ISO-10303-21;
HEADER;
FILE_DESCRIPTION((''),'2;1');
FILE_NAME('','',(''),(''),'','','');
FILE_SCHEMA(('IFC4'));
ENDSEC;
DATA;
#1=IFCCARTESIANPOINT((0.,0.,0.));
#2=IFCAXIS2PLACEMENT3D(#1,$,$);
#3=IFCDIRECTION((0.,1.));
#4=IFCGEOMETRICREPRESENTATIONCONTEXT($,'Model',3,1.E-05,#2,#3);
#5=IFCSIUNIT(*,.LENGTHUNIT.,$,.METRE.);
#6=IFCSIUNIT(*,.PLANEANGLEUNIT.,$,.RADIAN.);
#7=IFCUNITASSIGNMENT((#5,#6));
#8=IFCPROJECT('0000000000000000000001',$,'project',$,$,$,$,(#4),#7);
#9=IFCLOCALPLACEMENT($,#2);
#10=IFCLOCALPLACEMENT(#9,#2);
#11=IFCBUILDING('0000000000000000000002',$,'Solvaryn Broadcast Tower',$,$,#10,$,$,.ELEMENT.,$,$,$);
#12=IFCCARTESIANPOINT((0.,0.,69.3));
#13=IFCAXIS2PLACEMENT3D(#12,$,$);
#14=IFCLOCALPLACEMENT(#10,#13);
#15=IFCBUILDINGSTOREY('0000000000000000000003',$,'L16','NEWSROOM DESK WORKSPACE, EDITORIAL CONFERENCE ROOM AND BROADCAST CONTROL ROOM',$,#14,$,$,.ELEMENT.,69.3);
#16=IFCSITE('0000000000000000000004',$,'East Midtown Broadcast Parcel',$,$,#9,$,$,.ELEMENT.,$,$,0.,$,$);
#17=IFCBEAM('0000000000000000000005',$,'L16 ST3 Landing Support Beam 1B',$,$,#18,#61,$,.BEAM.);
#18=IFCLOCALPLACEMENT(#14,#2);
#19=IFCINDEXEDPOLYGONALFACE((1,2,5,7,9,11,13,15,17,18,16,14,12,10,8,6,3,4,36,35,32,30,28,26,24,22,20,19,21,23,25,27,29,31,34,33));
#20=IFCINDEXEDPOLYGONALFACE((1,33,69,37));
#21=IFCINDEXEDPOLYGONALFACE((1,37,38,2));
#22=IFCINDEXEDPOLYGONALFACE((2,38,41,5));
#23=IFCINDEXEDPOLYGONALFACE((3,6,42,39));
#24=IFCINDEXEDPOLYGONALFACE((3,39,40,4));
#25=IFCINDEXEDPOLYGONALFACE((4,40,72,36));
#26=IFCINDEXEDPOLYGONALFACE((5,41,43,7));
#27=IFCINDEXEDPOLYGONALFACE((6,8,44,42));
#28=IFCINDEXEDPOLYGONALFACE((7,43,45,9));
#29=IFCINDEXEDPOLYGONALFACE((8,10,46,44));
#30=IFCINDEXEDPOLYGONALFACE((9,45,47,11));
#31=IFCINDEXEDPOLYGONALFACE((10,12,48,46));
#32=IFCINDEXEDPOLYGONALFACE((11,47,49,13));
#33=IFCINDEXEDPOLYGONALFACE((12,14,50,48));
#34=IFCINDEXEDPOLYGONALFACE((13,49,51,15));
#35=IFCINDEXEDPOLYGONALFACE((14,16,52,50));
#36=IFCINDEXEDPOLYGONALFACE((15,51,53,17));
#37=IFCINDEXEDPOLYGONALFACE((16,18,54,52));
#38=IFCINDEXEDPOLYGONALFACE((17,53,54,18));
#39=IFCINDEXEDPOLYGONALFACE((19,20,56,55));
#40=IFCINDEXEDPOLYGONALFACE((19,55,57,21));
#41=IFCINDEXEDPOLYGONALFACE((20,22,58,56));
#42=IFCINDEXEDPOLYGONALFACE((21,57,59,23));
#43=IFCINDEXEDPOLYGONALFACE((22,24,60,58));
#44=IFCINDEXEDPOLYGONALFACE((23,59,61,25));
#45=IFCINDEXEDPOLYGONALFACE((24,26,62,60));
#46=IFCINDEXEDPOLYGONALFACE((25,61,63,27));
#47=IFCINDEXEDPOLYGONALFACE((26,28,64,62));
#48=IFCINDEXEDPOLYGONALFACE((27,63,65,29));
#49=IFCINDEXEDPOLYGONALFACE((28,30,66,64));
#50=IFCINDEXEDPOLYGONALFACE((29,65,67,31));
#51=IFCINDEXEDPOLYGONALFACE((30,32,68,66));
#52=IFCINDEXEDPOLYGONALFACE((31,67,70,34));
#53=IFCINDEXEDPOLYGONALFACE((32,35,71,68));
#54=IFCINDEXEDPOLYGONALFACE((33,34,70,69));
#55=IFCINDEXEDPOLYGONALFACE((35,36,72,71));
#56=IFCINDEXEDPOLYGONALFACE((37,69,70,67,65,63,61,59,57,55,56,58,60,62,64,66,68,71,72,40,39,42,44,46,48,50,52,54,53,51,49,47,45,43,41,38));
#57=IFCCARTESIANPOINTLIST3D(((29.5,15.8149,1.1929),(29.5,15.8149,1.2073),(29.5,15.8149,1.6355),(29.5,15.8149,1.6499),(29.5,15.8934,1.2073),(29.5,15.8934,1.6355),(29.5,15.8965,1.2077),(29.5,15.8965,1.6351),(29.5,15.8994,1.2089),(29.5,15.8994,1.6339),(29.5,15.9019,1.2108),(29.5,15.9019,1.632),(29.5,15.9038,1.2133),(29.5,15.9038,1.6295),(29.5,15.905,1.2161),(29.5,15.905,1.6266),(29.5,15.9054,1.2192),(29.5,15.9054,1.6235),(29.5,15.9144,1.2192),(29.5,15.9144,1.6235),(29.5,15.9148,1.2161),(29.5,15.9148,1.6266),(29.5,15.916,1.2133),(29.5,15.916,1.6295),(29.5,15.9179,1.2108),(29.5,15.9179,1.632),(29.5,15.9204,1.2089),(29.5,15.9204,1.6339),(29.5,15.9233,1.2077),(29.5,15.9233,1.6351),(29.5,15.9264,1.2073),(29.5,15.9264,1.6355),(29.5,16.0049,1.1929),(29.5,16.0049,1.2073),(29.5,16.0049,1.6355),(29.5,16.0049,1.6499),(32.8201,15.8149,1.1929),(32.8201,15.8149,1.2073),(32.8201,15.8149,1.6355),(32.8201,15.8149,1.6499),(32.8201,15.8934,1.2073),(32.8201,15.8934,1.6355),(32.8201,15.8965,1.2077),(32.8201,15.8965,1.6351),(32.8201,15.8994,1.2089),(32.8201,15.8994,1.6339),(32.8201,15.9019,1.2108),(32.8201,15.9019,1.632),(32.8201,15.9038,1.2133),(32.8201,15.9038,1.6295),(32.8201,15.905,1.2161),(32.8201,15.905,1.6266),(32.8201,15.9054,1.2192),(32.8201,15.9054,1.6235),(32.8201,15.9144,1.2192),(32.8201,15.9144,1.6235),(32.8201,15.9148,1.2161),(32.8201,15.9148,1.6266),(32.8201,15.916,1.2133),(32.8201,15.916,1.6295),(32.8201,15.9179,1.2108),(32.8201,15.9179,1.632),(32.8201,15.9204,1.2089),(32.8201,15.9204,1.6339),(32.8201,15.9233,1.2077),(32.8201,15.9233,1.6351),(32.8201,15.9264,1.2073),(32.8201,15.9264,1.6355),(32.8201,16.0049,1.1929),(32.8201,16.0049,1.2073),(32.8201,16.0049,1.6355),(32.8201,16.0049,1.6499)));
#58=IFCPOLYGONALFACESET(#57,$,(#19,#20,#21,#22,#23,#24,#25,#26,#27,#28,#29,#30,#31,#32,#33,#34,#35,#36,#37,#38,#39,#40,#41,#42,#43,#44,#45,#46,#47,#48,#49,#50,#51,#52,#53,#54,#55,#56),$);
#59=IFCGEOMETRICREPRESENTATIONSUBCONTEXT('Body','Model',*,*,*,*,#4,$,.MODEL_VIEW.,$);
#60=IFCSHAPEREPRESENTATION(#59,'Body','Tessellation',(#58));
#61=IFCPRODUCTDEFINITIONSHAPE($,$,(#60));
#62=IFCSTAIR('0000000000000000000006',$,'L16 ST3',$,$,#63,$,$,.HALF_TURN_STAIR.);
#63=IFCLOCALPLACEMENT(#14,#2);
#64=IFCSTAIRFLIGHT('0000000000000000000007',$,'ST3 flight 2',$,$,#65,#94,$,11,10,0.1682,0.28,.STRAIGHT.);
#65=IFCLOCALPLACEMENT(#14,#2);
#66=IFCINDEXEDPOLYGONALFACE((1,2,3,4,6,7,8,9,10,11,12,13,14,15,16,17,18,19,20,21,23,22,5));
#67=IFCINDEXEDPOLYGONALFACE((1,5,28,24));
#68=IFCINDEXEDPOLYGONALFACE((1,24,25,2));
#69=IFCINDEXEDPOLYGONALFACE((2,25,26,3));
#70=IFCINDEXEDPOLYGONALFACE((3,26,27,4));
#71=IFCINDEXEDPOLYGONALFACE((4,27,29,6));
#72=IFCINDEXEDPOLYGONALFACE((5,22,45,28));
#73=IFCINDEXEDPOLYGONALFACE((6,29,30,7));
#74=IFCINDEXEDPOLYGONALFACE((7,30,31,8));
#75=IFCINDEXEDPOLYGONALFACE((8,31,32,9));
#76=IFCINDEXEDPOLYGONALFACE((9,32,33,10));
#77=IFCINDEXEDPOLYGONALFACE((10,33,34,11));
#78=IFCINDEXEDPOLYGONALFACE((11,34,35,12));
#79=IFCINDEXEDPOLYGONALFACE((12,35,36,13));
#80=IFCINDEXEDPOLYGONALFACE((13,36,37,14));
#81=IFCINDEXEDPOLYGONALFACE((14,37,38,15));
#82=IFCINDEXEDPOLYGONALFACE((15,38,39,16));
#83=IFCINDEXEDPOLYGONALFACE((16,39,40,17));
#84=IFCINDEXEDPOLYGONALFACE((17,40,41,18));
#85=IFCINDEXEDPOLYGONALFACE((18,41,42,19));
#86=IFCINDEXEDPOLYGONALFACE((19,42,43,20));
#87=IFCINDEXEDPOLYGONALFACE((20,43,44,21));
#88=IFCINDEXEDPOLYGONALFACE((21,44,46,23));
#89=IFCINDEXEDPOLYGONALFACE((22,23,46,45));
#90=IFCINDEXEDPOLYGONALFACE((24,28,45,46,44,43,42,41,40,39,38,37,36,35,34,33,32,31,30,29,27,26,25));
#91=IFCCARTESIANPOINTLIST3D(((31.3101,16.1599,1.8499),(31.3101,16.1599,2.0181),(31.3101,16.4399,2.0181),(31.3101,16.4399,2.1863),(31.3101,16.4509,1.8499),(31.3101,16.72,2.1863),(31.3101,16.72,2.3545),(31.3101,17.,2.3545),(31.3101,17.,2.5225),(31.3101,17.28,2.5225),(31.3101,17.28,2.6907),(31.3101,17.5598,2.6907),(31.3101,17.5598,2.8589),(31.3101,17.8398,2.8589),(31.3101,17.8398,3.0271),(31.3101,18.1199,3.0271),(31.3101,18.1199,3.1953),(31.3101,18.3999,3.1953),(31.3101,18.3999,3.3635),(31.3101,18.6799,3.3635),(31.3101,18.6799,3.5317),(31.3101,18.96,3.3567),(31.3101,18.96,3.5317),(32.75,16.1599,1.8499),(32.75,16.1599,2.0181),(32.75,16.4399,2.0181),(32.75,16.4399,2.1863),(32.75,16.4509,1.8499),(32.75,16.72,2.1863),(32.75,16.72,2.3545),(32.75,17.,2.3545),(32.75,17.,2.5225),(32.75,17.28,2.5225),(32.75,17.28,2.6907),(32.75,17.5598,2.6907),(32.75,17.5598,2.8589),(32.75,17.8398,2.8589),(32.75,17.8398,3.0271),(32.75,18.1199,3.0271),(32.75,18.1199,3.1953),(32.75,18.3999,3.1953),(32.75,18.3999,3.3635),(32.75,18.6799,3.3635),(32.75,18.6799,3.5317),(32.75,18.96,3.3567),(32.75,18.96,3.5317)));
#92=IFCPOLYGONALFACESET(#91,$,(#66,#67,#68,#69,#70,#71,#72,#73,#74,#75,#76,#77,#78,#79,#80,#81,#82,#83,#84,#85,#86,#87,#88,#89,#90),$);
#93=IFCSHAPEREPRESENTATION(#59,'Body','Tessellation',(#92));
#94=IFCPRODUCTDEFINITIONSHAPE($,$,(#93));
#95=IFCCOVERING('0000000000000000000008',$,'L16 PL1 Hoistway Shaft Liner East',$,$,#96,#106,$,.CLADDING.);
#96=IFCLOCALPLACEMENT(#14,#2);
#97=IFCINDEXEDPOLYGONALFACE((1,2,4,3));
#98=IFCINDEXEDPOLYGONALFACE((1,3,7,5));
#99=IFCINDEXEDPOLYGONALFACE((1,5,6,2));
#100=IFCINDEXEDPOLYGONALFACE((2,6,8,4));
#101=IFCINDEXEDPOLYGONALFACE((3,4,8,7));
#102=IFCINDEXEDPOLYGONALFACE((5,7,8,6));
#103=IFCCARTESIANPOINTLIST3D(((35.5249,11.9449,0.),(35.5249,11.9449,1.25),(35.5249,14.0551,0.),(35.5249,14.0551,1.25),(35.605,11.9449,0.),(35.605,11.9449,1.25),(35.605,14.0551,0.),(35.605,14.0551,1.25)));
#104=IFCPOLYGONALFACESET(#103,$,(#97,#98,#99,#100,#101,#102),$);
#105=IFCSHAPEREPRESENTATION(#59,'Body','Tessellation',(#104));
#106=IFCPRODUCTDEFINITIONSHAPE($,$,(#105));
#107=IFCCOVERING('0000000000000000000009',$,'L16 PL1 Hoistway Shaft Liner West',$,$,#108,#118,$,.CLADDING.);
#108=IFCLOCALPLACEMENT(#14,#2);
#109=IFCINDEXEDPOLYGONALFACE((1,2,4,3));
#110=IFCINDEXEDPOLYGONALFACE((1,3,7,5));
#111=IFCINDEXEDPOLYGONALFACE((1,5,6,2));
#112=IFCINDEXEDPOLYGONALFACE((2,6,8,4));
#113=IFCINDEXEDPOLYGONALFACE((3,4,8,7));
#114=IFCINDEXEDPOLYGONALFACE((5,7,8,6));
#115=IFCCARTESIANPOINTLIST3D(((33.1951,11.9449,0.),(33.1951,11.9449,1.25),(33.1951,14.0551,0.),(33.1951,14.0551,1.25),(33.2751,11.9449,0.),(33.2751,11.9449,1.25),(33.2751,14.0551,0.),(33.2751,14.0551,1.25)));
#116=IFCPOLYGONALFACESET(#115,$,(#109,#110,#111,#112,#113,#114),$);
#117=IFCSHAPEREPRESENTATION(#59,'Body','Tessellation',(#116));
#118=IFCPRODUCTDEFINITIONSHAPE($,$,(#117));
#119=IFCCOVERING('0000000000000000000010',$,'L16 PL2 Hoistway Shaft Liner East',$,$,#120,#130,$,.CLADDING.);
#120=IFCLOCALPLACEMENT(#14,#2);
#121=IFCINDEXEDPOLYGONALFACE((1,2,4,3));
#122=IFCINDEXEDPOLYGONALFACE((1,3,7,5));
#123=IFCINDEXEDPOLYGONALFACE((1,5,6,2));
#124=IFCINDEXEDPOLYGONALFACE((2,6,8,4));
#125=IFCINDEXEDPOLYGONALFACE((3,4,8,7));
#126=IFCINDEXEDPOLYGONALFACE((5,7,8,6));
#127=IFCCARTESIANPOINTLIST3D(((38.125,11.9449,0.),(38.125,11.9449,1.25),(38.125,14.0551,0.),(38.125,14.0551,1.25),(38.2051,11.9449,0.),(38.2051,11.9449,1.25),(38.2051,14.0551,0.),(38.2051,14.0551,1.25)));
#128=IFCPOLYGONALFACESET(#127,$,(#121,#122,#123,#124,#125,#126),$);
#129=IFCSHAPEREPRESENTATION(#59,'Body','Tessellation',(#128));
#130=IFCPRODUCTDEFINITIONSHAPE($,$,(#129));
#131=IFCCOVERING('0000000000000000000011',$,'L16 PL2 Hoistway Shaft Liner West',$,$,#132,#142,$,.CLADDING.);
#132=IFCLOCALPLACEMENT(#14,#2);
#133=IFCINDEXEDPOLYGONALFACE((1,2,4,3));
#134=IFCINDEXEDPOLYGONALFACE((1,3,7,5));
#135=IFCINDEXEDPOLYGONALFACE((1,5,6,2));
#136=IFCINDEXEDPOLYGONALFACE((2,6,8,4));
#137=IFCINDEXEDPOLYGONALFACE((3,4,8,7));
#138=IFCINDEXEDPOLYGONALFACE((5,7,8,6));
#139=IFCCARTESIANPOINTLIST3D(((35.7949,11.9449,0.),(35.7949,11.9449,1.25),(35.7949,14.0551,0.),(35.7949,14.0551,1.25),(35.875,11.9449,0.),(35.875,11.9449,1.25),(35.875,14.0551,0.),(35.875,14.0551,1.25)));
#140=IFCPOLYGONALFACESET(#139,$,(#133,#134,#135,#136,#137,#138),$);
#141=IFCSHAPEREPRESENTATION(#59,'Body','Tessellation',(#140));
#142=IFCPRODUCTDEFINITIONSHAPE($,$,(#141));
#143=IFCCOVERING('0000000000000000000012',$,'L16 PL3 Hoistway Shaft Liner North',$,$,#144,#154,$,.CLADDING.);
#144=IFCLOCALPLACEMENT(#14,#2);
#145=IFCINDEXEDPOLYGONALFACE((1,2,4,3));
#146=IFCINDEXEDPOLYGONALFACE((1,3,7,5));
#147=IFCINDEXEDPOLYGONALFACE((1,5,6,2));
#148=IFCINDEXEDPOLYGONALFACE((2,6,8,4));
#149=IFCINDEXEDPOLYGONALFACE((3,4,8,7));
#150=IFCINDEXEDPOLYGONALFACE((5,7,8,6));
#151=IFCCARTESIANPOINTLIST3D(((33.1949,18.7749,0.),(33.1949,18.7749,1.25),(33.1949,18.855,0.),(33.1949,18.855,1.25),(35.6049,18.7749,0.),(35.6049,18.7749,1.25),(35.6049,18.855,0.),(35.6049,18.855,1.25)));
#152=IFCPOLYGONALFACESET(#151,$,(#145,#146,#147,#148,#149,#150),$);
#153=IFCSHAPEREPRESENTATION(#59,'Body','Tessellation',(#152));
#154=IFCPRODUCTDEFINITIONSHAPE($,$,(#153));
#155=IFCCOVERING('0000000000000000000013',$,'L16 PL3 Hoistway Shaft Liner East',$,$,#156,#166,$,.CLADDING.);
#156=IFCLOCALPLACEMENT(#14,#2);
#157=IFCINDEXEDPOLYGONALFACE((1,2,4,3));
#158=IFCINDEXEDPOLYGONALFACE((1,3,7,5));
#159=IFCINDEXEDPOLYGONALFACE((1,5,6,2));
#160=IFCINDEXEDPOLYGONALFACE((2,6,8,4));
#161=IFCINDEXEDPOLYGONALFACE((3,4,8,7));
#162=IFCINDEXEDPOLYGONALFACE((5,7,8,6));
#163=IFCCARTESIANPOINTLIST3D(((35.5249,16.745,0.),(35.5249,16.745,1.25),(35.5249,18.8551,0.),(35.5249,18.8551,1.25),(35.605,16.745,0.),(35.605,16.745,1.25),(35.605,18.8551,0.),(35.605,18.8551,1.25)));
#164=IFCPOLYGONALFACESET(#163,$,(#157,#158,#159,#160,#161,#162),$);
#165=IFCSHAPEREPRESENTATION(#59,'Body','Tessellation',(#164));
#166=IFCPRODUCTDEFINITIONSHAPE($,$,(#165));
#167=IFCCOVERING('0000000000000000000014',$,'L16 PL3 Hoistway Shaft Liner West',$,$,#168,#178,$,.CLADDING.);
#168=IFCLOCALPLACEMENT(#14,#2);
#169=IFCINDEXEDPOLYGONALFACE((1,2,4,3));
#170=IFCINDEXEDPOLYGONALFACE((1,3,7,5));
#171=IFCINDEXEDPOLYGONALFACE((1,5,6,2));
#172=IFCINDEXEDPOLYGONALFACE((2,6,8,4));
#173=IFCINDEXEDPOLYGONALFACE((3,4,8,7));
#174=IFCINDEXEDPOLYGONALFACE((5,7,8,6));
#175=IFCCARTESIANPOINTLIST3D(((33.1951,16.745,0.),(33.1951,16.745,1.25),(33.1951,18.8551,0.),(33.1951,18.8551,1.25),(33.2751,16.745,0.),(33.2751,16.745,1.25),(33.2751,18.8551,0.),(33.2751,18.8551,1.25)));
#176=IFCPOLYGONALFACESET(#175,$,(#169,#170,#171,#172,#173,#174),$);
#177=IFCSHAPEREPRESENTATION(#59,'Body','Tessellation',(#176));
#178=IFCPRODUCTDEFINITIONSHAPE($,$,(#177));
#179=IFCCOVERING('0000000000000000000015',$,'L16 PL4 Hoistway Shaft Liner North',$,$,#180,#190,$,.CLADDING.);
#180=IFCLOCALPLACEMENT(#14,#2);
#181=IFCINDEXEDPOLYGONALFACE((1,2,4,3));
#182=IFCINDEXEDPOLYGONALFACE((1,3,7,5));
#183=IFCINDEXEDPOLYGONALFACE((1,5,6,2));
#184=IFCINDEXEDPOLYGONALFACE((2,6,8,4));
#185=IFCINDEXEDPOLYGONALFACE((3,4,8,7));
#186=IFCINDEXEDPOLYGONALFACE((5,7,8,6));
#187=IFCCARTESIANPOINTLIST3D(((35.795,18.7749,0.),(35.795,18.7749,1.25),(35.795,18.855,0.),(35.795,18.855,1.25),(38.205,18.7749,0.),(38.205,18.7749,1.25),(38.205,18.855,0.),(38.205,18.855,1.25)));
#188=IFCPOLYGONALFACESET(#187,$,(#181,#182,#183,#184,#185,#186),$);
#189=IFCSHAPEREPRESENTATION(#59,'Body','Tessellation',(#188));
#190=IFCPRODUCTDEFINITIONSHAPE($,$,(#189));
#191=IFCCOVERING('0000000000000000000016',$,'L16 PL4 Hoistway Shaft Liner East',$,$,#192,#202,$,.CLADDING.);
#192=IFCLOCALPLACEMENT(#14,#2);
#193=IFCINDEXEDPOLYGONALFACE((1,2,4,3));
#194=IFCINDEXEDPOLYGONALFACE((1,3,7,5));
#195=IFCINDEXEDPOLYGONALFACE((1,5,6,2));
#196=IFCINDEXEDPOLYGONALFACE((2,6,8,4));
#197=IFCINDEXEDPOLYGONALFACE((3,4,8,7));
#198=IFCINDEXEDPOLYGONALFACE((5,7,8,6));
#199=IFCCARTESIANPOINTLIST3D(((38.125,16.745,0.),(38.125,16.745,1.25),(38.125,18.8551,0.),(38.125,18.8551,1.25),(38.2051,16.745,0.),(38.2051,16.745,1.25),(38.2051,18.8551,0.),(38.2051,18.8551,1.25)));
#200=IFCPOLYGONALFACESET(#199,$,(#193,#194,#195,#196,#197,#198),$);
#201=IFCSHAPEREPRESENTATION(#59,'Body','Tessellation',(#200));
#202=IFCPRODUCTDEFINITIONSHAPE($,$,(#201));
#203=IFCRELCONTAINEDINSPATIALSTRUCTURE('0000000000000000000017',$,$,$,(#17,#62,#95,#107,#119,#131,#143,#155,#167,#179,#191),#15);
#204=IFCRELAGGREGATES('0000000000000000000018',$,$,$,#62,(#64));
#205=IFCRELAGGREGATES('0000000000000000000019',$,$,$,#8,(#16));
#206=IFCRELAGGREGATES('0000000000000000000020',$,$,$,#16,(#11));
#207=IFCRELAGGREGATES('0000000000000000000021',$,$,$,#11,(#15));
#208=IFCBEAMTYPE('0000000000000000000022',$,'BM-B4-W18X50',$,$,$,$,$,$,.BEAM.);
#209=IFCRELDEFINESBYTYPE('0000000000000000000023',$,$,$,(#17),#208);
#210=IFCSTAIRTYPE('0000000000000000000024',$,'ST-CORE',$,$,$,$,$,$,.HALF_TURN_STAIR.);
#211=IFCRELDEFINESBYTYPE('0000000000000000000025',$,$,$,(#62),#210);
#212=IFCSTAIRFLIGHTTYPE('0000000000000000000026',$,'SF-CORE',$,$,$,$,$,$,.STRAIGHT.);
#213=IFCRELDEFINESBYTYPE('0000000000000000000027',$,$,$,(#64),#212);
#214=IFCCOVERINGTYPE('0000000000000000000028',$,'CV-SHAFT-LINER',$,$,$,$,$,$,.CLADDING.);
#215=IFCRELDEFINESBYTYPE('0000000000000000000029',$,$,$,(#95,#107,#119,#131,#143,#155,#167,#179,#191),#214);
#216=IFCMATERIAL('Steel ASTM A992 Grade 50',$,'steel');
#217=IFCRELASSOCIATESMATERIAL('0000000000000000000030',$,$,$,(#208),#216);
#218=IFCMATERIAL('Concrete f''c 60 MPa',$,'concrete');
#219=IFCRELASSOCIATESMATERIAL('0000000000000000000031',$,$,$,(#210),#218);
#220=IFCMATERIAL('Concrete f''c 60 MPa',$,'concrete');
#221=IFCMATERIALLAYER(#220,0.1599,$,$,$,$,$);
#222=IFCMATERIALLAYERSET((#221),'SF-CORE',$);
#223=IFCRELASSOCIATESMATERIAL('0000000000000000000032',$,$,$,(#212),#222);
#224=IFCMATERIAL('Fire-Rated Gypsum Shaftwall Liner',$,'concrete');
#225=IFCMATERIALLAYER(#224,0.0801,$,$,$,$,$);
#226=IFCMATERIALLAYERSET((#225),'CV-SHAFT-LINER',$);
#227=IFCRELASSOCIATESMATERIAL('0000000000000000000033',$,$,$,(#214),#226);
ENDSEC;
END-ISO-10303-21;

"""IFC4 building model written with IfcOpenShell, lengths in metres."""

from ifc_helpers import new_model, si_unit, direction, frame, origin, origin_2d, place, context, subcontext, project, spatial, polyline, rectangle, i_section, outline, extrude, material, layer, layer_set, material_profile, profile_set, type_object, element, aggregate, save


model = new_model("IFC4")

# Units and contexts
model_context = context("Model", 3, precision=1e-05, world=origin(), true_north=direction((0.0, 1.0)))
body_context = subcontext(model_context, "Body", "Model", "MODEL_VIEW")
ifc_project = project(units=[si_unit("LENGTHUNIT", "METRE"), si_unit("PLANEANGLEUNIT", "RADIAN")], contexts=[model_context])

# Site, building, storey
site_placement = place(None, origin())
site = spatial("IfcSite", under=ifc_project, at=site_placement, Name="East Midtown Broadcast Parcel", CompositionType="ELEMENT", RefElevation=0.0)
building_placement = place(site_placement, origin())
building = spatial("IfcBuilding", under=site, at=building_placement, Name="Solvaryn Broadcast Tower", CompositionType="ELEMENT")
storey_placement = place(building_placement, frame((0.0, 0.0, 69.3)))
storey = spatial("IfcBuildingStorey", under=building, at=storey_placement, Name="L16", Description="NEWSROOM DESK WORKSPACE, EDITORIAL CONFERENCE ROOM AND BROADCAST CONTROL ROOM", CompositionType="ELEMENT", Elevation=69.3)

# Beam
ifc_material_1 = material(Name="Steel ASTM A992 Grade 50", Category="steel")
ifc_material_profile_1 = material_profile(ifc_material_1, i_section(OverallWidth=0.1899, OverallDepth=0.457, WebThickness=0.009, FlangeThickness=0.0144, FilletRadius=0.012, at=origin_2d()))
ifc_profile_set_1 = profile_set([ifc_material_profile_1], Name="Steel ASTM A992 Grade 50")
beam_type_1 = type_object("IfcBeamType", Name="BM-B4-W18X50", PredefinedType="BEAM", material=ifc_profile_set_1)
beam_1_placement = place(storey_placement, frame((29.5, 15.9099, 1.4214), z_axis=(1.0, 0.0, 0.0), x_axis=(0.0, 1.0, 0.0)))
element("IfcBeam", 1, at=beam_1_placement, inside=storey, type_object=beam_type_1, Name="L16 ST3 Landing Support Beam 1B", PredefinedType="BEAM", context=body_context, shape_type="SweptSolid", body=[
    extrude(i_section(OverallWidth=0.1899, OverallDepth=0.457, WebThickness=0.009, FlangeThickness=0.0144, FilletRadius=0.012, at=origin_2d()), origin(), (0.0, 0.0, 1.0), 3.3201),
])

# Stair, stair flight
ifc_material_2 = material(Name="Concrete f'c 60 MPa", Category="concrete")
stair_type = type_object("IfcStairType", Name="ST-CORE", PredefinedType="HALF_TURN_STAIR", material=ifc_material_2)
stair_placement = place(storey_placement, origin())
stair = element("IfcStair", 2, at=stair_placement, inside=storey, type_object=stair_type, Name="L16 ST3", PredefinedType="HALF_TURN_STAIR")
ifc_material_3 = material(Name="Concrete f'c 60 MPa", Category="concrete")
ifc_layer_1 = layer(ifc_material_3, 0.1599)
ifc_layer_set_1 = layer_set([ifc_layer_1], Name="SF-CORE")
stair_flight_type = type_object("IfcStairFlightType", Name="SF-CORE", PredefinedType="STRAIGHT", material=ifc_layer_set_1)
stair_flight_placement = place(storey_placement, frame((32.03, 16.1599, 1.8499), z_axis=(0.0, 0.0, 1.0), x_axis=(0.0, 1.0, 0.0)))
stair_flight = element("IfcStairFlight", 3, at=stair_flight_placement, type_object=stair_flight_type, Name="ST3 flight 2", NumberOfRisers=11, NumberOfTreads=10, PredefinedType="STRAIGHT", RiserHeight=0.1682, TreadLength=0.28, context=body_context, shape_type="SweptSolid", body=[
    extrude(outline(polyline([(0.0, 0.0), (0.0, 0.1682), (0.28, 0.1682), (0.28, 0.3364), (0.5601, 0.3364), (0.5601, 0.5046), (0.8401, 0.5046), (0.8401, 0.6726), (1.1201, 0.6726), (1.1201, 0.8408), (1.3999, 0.8408), (1.3999, 1.009), (1.6799, 1.009), (1.6799, 1.1772), (1.96, 1.1772), (1.96, 1.3455), (2.24, 1.3455), (2.24, 1.5137), (2.52, 1.5137), (2.52, 1.6819), (2.8, 1.6819), (2.8, 1.8501), (2.8, 1.5068), (0.291, 0.0), (0.0, 0.0)])), frame((0.0, 0.72, 0.0), z_axis=(0.0, -1.0, 0.0), x_axis=(1.0, 0.0, 0.0)), (0.0, 0.0, 1.0), 1.4399),
])
aggregate(stair, [stair_flight])

# Coverings
ifc_material_4 = material(Name="Fire-Rated Gypsum Shaftwall Liner", Category="concrete")
ifc_layer_2 = layer(ifc_material_4, 0.0801)
ifc_layer_set_2 = layer_set([ifc_layer_2], Name="CV-SHAFT-LINER")
covering_type = type_object("IfcCoveringType", Name="CV-SHAFT-LINER", PredefinedType="CLADDING", material=ifc_layer_set_2)
for number, where, z_axis, x_axis, name in (
    (4, (35.5649, 13.0, 0.0), (0.0, 0.0, 1.0), (1.0, 0.0, 0.0), "L16 PL1 Hoistway Shaft Liner East"),
    (5, (33.2351, 13.0, 0.0), (0.0, 0.0, 1.0), (1.0, 0.0, 0.0), "L16 PL1 Hoistway Shaft Liner West"),
    (6, (38.165, 13.0, 0.0), (0.0, 0.0, 1.0), (1.0, 0.0, 0.0), "L16 PL2 Hoistway Shaft Liner East"),
    (7, (35.835, 13.0, 0.0), (0.0, 0.0, 1.0), (1.0, 0.0, 0.0), "L16 PL2 Hoistway Shaft Liner West"),
):
    element("IfcCovering", number, at=place(storey_placement, frame(where, z_axis=z_axis, x_axis=x_axis)), inside=storey, type_object=covering_type, Name=name, PredefinedType="CLADDING", context=body_context, shape_type="SweptSolid", body=[
        extrude(rectangle(XDim=0.0801, YDim=2.1101, at=origin_2d()), origin(), (0.0, 0.0, 1.0), 1.25),
    ])
covering_1_placement = place(storey_placement, frame((34.3999, 18.8149, 0.0), z_axis=(0.0, 0.0, 1.0), x_axis=(1.0, 0.0, 0.0)))
element("IfcCovering", 8, at=covering_1_placement, inside=storey, type_object=covering_type, Name="L16 PL3 Hoistway Shaft Liner North", PredefinedType="CLADDING", context=body_context, shape_type="SweptSolid", body=[
    extrude(rectangle(XDim=2.4099, YDim=0.0801, at=origin_2d()), origin(), (0.0, 0.0, 1.0), 1.25),
])
for number, where, z_axis, x_axis, name in (
    (9, (35.5649, 17.8, 0.0), (0.0, 0.0, 1.0), (1.0, 0.0, 0.0), "L16 PL3 Hoistway Shaft Liner East"),
    (10, (33.2351, 17.8, 0.0), (0.0, 0.0, 1.0), (1.0, 0.0, 0.0), "L16 PL3 Hoistway Shaft Liner West"),
):
    element("IfcCovering", number, at=place(storey_placement, frame(where, z_axis=z_axis, x_axis=x_axis)), inside=storey, type_object=covering_type, Name=name, PredefinedType="CLADDING", context=body_context, shape_type="SweptSolid", body=[
        extrude(rectangle(XDim=0.0801, YDim=2.1101, at=origin_2d()), origin(), (0.0, 0.0, 1.0), 1.25),
    ])
covering_2_placement = place(storey_placement, frame((37.0, 18.8149, 0.0), z_axis=(0.0, 0.0, 1.0), x_axis=(1.0, 0.0, 0.0)))
element("IfcCovering", 11, at=covering_2_placement, inside=storey, type_object=covering_type, Name="L16 PL4 Hoistway Shaft Liner North", PredefinedType="CLADDING", context=body_context, shape_type="SweptSolid", body=[
    extrude(rectangle(XDim=2.4099, YDim=0.0801, at=origin_2d()), origin(), (0.0, 0.0, 1.0), 1.25),
])
for number, where, z_axis, x_axis, name in (
    (12, (38.165, 17.8, 0.0), (0.0, 0.0, 1.0), (1.0, 0.0, 0.0), "L16 PL4 Hoistway Shaft Liner East"),
):
    element("IfcCovering", number, at=place(storey_placement, frame(where, z_axis=z_axis, x_axis=x_axis)), inside=storey, type_object=covering_type, Name=name, PredefinedType="CLADDING", context=body_context, shape_type="SweptSolid", body=[
        extrude(rectangle(XDim=0.0801, YDim=2.1101, at=origin_2d()), origin(), (0.0, 0.0, 1.0), 1.25),
    ])

save(model, "model.ifc")
